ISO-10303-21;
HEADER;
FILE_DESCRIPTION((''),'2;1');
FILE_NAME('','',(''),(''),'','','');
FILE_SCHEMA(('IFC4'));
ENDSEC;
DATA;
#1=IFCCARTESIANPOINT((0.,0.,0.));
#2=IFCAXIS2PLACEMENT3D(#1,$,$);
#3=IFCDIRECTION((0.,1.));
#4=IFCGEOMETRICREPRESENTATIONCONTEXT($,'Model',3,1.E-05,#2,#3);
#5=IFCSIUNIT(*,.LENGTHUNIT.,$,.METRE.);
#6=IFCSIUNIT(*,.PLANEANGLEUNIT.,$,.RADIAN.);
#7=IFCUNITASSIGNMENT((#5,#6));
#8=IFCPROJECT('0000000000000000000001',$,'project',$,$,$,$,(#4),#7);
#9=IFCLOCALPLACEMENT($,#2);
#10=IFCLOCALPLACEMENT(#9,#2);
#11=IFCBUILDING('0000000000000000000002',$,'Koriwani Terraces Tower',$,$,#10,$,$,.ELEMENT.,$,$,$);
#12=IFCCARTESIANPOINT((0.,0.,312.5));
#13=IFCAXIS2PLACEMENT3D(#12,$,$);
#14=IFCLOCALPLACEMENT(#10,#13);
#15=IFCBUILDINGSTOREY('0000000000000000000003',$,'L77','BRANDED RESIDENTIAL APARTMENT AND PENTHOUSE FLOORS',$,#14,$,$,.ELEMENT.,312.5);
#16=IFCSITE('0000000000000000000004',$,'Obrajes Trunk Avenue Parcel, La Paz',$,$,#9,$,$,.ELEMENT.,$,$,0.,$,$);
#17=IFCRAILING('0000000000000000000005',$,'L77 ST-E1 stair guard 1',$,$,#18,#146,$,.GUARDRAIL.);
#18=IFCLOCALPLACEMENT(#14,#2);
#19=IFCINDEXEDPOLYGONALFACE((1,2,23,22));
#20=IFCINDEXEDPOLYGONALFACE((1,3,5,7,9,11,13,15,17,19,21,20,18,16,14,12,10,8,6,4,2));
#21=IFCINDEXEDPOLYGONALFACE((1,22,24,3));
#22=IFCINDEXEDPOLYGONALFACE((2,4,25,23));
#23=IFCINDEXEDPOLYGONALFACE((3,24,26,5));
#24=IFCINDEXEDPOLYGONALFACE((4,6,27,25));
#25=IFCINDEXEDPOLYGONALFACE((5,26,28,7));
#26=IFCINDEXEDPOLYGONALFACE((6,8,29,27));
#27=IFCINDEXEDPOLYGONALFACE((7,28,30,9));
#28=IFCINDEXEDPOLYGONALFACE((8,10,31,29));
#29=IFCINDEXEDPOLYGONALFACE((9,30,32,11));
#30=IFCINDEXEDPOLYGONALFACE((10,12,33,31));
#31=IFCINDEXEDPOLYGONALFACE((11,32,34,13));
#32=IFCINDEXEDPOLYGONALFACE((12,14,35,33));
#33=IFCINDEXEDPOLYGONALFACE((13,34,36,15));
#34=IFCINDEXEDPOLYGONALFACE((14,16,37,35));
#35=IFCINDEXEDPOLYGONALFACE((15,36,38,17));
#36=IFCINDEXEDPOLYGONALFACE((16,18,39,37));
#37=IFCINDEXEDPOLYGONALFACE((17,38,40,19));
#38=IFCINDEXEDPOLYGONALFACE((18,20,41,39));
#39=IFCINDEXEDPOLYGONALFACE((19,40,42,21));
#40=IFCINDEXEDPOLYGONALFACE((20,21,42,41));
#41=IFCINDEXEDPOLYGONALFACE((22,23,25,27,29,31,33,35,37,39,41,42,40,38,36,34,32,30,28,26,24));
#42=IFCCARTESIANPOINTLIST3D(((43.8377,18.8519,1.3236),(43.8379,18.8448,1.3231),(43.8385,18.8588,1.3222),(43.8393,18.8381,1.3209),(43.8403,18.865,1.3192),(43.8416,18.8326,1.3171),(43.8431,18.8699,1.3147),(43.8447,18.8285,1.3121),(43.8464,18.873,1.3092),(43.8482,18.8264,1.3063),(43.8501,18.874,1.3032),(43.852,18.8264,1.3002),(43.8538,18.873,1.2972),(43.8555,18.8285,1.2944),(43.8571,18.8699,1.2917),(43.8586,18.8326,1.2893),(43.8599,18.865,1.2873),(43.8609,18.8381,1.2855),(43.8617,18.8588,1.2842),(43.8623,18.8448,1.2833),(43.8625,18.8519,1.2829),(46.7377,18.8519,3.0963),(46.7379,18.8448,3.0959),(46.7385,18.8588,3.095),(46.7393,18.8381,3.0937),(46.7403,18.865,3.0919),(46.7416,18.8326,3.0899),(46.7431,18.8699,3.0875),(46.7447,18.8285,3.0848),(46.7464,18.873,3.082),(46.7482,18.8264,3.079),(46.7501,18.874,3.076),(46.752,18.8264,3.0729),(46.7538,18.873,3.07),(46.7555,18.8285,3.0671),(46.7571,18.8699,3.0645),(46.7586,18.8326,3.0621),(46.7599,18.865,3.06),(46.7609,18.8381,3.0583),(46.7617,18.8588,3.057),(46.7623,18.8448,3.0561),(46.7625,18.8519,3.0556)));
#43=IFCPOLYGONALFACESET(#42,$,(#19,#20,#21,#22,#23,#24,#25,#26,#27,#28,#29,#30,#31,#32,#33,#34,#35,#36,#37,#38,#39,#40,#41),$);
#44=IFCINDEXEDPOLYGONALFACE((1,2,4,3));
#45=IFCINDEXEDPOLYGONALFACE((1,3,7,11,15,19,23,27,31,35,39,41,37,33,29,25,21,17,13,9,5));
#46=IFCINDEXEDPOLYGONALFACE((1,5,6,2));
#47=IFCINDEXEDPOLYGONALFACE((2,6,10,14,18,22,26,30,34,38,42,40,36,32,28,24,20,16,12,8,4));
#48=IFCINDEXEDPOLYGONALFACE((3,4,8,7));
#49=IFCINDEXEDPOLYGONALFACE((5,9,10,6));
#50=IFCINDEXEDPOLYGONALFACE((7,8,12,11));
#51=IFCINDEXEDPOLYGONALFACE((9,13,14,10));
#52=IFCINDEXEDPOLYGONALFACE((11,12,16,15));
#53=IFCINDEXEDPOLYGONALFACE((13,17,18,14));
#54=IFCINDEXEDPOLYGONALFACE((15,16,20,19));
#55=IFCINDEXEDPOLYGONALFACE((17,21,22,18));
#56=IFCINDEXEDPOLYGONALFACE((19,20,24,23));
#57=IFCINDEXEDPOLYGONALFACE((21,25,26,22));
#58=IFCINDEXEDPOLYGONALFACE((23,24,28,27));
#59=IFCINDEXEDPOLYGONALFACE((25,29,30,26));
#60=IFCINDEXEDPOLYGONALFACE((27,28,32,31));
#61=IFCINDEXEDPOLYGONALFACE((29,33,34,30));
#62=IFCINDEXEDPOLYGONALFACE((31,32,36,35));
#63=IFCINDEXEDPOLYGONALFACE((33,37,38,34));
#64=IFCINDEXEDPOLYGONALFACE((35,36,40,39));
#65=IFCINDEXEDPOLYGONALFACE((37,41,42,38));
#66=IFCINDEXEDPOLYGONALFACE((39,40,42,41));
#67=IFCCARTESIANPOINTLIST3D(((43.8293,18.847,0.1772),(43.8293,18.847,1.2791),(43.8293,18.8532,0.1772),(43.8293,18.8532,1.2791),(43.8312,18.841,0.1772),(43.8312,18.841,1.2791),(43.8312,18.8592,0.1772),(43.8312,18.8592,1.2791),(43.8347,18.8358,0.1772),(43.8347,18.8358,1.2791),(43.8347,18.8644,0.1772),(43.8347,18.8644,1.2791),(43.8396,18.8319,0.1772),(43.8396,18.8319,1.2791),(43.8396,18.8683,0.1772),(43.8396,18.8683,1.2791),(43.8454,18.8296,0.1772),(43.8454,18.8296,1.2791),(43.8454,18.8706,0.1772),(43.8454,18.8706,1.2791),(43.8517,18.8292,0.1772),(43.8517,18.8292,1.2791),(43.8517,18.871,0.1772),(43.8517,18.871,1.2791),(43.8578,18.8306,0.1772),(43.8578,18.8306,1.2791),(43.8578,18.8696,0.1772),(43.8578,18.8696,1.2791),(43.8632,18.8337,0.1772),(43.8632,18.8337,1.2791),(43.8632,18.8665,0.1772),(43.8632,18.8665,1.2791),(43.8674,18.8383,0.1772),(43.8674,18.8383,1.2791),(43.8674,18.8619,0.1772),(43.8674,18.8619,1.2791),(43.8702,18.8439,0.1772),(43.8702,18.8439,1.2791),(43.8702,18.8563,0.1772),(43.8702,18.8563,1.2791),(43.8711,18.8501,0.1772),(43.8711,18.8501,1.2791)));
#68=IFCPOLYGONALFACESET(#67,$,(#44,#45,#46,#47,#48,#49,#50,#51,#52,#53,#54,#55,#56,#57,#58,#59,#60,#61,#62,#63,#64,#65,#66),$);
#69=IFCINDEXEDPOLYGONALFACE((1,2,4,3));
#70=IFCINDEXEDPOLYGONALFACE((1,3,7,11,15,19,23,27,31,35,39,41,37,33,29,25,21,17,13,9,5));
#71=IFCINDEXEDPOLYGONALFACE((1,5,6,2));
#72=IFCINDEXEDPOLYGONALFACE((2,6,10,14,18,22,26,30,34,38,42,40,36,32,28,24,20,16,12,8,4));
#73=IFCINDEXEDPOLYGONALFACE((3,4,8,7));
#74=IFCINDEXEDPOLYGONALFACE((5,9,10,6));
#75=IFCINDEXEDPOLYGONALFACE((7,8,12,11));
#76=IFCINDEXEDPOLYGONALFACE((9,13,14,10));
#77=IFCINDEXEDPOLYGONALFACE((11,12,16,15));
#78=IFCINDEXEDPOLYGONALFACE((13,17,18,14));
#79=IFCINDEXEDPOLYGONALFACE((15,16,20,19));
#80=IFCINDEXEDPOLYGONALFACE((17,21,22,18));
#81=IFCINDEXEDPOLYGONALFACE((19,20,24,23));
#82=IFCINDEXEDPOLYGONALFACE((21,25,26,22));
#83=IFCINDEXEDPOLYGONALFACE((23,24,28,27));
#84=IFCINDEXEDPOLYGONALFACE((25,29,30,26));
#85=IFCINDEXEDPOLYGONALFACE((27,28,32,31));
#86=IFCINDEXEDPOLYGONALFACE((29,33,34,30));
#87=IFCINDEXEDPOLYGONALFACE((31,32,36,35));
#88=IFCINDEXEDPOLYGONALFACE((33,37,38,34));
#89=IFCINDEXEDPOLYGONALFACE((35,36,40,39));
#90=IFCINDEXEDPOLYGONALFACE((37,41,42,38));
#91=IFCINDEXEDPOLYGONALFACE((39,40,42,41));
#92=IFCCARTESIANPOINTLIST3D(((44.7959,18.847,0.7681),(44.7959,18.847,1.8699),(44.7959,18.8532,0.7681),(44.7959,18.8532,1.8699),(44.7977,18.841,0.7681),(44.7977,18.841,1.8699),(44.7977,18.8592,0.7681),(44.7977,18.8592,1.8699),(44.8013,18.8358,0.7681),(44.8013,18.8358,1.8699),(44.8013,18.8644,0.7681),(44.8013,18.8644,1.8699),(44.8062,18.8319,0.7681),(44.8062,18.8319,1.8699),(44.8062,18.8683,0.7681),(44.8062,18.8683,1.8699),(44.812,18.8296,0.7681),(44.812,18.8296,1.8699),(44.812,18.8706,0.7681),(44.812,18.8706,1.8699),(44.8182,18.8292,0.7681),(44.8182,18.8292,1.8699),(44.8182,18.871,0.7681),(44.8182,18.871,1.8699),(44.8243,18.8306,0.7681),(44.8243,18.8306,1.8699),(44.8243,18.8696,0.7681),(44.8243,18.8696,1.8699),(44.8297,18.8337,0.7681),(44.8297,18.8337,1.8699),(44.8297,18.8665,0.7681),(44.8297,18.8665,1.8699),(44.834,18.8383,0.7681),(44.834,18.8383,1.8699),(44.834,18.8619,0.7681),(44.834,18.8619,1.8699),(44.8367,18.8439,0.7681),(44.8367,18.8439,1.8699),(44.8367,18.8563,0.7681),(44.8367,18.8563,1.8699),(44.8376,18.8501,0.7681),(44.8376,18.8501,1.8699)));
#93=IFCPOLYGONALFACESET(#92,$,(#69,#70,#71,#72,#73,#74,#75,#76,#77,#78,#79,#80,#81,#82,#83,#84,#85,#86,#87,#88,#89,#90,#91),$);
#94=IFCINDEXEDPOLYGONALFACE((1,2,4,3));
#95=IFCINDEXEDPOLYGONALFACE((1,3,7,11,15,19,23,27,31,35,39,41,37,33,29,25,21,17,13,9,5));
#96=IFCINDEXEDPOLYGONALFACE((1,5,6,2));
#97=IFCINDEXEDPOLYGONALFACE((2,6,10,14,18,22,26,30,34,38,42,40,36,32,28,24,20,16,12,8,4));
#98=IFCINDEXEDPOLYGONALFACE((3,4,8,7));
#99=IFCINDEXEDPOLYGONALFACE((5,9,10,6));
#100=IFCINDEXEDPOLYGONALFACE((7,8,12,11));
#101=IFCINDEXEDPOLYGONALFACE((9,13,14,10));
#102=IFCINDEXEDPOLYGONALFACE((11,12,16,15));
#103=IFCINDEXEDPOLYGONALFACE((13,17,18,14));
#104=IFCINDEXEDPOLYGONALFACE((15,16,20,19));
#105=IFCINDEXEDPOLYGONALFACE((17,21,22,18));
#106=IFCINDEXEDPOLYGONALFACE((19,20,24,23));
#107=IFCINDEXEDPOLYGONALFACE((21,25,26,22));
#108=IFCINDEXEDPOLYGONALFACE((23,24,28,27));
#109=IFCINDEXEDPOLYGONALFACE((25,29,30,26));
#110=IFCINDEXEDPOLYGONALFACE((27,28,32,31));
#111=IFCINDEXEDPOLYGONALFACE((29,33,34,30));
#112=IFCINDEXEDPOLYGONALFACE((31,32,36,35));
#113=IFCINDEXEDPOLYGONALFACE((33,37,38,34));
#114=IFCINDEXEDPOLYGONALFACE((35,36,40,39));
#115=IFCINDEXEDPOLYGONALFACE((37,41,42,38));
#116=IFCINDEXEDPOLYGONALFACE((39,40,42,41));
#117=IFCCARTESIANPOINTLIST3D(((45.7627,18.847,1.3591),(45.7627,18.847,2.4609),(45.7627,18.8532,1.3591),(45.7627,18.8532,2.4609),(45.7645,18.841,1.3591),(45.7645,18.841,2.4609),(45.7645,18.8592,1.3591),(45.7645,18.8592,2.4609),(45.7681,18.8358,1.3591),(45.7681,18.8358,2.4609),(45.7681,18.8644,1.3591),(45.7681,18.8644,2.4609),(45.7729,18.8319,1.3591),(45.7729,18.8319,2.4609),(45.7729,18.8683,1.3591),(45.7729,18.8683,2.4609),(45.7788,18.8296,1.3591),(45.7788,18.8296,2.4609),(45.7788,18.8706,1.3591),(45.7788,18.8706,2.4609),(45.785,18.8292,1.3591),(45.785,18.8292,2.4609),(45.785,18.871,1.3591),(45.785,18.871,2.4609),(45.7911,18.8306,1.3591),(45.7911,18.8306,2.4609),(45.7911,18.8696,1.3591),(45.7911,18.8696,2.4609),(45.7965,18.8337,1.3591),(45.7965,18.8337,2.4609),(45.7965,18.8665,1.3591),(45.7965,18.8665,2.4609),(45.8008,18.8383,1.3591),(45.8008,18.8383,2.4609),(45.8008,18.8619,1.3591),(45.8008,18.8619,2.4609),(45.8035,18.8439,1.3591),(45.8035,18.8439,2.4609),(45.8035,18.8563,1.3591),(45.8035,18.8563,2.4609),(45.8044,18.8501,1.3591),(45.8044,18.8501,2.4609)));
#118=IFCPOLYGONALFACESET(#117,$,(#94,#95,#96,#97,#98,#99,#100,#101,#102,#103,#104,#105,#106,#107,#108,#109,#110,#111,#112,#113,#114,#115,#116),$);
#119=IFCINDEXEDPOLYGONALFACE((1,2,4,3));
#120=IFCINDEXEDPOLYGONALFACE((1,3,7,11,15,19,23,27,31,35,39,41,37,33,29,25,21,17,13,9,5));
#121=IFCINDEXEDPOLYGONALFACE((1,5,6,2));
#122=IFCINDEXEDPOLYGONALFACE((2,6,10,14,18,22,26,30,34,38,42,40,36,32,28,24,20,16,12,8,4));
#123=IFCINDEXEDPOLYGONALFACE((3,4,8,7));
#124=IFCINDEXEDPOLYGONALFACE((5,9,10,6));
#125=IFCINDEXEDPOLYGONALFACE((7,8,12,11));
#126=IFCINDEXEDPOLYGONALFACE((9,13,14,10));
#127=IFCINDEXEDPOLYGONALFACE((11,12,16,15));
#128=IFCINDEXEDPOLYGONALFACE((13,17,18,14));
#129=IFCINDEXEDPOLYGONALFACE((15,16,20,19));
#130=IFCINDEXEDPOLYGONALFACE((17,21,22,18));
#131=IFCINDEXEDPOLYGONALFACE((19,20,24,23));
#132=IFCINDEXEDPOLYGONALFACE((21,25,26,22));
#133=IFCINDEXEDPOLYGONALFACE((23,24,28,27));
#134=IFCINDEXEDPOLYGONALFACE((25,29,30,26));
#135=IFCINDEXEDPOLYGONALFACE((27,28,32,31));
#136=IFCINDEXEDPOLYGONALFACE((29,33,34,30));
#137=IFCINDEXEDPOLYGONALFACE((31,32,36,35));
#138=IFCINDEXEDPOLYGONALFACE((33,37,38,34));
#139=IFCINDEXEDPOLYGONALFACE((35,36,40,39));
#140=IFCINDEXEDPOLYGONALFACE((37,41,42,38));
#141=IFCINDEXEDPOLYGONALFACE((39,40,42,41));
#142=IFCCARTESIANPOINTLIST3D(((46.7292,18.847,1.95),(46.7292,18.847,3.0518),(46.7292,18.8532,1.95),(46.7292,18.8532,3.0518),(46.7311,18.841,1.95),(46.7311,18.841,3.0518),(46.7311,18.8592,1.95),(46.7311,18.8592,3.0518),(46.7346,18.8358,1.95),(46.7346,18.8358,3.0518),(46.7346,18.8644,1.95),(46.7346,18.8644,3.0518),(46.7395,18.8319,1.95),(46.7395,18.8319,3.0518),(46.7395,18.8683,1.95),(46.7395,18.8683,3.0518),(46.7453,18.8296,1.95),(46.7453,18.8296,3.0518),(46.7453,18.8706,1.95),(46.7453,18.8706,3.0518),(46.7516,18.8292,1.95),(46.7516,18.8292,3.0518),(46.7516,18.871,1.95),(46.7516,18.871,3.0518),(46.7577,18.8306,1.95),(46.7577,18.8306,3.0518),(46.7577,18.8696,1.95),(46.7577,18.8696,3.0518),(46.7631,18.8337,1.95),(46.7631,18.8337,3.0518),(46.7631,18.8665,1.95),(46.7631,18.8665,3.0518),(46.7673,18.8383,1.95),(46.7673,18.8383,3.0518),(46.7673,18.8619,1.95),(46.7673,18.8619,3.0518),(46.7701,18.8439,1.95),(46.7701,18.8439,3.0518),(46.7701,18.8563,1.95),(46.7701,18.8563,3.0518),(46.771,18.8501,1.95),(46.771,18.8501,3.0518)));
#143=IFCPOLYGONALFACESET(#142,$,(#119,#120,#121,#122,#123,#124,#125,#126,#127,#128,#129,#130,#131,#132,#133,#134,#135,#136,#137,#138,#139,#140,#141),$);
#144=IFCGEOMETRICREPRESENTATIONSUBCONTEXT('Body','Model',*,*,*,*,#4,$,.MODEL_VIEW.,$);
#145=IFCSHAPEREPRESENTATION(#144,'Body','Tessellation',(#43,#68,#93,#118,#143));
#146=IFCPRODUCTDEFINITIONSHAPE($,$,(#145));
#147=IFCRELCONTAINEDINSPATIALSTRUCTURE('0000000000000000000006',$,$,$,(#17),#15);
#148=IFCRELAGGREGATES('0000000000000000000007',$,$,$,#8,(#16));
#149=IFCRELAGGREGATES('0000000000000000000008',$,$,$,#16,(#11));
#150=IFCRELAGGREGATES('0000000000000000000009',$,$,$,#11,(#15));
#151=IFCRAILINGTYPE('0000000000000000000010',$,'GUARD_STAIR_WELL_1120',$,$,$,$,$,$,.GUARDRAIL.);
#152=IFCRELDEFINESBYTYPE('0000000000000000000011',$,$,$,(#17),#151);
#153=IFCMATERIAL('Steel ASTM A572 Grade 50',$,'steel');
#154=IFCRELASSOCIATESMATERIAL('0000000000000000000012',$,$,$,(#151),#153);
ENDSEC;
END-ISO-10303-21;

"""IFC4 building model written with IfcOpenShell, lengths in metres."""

from ifc_helpers import new_model, si_unit, direction, frame, origin, origin_2d, place, context, subcontext, project, spatial, circle, extrude, material, type_object, element, save


model = new_model("IFC4")

# Units and contexts
model_context = context("Model", 3, precision=1e-05, world=origin(), true_north=direction((0.0, 1.0)))
body_context = subcontext(model_context, "Body", "Model", "MODEL_VIEW")
ifc_project = project(units=[si_unit("LENGTHUNIT", "METRE"), si_unit("PLANEANGLEUNIT", "RADIAN")], contexts=[model_context])

# Site, building, storey
site_placement = place(None, origin())
site = spatial("IfcSite", under=ifc_project, at=site_placement, Name="Obrajes Trunk Avenue Parcel, La Paz", CompositionType="ELEMENT", RefElevation=0.0)
building_placement = place(site_placement, origin())
building = spatial("IfcBuilding", under=site, at=building_placement, Name="Koriwani Terraces Tower", CompositionType="ELEMENT")
storey_placement = place(building_placement, frame((0.0, 0.0, 312.5)))
storey = spatial("IfcBuildingStorey", under=building, at=storey_placement, Name="L77", Description="BRANDED RESIDENTIAL APARTMENT AND PENTHOUSE FLOORS", CompositionType="ELEMENT", Elevation=312.5)

# Railing
ifc_material_1 = material(Name="Steel ASTM A572 Grade 50", Category="steel")
railing_type_1 = type_object("IfcRailingType", Name="GUARD_STAIR_WELL_1120", PredefinedType="GUARDRAIL", material=ifc_material_1)
railing_1_placement = place(storey_placement, frame((43.8501, 18.8501, 0.1772)))
element("IfcRailing", 1, at=railing_1_placement, inside=storey, type_object=railing_type_1, Name="L77 ST-E1 stair guard 1", PredefinedType="GUARDRAIL", context=body_context, shape_type="SweptSolid", body=[
    extrude(circle(Radius=0.0239, at=origin_2d()), frame((0.0, 0.0, 1.126), z_axis=(0.853211, 0.0, 0.521566), x_axis=(0.0, 1.0, 0.0)), (0.0, 0.0, 1.0), 3.3989),
    extrude(circle(Radius=0.021, at=origin_2d()), origin(), (0.0, 0.0, 1.0), 1.1018),
    extrude(circle(Radius=0.021, at=origin_2d()), frame((0.9666, 0.0, 0.5908)), (0.0, 0.0, 1.0), 1.1018),
    extrude(circle(Radius=0.021, at=origin_2d()), frame((1.9333, 0.0, 1.1819)), (0.0, 0.0, 1.0), 1.1018),
    extrude(circle(Radius=0.021, at=origin_2d()), frame((2.8999, 0.0, 1.7727)), (0.0, 0.0, 1.0), 1.1018),
])

save(model, "model.ifc")
